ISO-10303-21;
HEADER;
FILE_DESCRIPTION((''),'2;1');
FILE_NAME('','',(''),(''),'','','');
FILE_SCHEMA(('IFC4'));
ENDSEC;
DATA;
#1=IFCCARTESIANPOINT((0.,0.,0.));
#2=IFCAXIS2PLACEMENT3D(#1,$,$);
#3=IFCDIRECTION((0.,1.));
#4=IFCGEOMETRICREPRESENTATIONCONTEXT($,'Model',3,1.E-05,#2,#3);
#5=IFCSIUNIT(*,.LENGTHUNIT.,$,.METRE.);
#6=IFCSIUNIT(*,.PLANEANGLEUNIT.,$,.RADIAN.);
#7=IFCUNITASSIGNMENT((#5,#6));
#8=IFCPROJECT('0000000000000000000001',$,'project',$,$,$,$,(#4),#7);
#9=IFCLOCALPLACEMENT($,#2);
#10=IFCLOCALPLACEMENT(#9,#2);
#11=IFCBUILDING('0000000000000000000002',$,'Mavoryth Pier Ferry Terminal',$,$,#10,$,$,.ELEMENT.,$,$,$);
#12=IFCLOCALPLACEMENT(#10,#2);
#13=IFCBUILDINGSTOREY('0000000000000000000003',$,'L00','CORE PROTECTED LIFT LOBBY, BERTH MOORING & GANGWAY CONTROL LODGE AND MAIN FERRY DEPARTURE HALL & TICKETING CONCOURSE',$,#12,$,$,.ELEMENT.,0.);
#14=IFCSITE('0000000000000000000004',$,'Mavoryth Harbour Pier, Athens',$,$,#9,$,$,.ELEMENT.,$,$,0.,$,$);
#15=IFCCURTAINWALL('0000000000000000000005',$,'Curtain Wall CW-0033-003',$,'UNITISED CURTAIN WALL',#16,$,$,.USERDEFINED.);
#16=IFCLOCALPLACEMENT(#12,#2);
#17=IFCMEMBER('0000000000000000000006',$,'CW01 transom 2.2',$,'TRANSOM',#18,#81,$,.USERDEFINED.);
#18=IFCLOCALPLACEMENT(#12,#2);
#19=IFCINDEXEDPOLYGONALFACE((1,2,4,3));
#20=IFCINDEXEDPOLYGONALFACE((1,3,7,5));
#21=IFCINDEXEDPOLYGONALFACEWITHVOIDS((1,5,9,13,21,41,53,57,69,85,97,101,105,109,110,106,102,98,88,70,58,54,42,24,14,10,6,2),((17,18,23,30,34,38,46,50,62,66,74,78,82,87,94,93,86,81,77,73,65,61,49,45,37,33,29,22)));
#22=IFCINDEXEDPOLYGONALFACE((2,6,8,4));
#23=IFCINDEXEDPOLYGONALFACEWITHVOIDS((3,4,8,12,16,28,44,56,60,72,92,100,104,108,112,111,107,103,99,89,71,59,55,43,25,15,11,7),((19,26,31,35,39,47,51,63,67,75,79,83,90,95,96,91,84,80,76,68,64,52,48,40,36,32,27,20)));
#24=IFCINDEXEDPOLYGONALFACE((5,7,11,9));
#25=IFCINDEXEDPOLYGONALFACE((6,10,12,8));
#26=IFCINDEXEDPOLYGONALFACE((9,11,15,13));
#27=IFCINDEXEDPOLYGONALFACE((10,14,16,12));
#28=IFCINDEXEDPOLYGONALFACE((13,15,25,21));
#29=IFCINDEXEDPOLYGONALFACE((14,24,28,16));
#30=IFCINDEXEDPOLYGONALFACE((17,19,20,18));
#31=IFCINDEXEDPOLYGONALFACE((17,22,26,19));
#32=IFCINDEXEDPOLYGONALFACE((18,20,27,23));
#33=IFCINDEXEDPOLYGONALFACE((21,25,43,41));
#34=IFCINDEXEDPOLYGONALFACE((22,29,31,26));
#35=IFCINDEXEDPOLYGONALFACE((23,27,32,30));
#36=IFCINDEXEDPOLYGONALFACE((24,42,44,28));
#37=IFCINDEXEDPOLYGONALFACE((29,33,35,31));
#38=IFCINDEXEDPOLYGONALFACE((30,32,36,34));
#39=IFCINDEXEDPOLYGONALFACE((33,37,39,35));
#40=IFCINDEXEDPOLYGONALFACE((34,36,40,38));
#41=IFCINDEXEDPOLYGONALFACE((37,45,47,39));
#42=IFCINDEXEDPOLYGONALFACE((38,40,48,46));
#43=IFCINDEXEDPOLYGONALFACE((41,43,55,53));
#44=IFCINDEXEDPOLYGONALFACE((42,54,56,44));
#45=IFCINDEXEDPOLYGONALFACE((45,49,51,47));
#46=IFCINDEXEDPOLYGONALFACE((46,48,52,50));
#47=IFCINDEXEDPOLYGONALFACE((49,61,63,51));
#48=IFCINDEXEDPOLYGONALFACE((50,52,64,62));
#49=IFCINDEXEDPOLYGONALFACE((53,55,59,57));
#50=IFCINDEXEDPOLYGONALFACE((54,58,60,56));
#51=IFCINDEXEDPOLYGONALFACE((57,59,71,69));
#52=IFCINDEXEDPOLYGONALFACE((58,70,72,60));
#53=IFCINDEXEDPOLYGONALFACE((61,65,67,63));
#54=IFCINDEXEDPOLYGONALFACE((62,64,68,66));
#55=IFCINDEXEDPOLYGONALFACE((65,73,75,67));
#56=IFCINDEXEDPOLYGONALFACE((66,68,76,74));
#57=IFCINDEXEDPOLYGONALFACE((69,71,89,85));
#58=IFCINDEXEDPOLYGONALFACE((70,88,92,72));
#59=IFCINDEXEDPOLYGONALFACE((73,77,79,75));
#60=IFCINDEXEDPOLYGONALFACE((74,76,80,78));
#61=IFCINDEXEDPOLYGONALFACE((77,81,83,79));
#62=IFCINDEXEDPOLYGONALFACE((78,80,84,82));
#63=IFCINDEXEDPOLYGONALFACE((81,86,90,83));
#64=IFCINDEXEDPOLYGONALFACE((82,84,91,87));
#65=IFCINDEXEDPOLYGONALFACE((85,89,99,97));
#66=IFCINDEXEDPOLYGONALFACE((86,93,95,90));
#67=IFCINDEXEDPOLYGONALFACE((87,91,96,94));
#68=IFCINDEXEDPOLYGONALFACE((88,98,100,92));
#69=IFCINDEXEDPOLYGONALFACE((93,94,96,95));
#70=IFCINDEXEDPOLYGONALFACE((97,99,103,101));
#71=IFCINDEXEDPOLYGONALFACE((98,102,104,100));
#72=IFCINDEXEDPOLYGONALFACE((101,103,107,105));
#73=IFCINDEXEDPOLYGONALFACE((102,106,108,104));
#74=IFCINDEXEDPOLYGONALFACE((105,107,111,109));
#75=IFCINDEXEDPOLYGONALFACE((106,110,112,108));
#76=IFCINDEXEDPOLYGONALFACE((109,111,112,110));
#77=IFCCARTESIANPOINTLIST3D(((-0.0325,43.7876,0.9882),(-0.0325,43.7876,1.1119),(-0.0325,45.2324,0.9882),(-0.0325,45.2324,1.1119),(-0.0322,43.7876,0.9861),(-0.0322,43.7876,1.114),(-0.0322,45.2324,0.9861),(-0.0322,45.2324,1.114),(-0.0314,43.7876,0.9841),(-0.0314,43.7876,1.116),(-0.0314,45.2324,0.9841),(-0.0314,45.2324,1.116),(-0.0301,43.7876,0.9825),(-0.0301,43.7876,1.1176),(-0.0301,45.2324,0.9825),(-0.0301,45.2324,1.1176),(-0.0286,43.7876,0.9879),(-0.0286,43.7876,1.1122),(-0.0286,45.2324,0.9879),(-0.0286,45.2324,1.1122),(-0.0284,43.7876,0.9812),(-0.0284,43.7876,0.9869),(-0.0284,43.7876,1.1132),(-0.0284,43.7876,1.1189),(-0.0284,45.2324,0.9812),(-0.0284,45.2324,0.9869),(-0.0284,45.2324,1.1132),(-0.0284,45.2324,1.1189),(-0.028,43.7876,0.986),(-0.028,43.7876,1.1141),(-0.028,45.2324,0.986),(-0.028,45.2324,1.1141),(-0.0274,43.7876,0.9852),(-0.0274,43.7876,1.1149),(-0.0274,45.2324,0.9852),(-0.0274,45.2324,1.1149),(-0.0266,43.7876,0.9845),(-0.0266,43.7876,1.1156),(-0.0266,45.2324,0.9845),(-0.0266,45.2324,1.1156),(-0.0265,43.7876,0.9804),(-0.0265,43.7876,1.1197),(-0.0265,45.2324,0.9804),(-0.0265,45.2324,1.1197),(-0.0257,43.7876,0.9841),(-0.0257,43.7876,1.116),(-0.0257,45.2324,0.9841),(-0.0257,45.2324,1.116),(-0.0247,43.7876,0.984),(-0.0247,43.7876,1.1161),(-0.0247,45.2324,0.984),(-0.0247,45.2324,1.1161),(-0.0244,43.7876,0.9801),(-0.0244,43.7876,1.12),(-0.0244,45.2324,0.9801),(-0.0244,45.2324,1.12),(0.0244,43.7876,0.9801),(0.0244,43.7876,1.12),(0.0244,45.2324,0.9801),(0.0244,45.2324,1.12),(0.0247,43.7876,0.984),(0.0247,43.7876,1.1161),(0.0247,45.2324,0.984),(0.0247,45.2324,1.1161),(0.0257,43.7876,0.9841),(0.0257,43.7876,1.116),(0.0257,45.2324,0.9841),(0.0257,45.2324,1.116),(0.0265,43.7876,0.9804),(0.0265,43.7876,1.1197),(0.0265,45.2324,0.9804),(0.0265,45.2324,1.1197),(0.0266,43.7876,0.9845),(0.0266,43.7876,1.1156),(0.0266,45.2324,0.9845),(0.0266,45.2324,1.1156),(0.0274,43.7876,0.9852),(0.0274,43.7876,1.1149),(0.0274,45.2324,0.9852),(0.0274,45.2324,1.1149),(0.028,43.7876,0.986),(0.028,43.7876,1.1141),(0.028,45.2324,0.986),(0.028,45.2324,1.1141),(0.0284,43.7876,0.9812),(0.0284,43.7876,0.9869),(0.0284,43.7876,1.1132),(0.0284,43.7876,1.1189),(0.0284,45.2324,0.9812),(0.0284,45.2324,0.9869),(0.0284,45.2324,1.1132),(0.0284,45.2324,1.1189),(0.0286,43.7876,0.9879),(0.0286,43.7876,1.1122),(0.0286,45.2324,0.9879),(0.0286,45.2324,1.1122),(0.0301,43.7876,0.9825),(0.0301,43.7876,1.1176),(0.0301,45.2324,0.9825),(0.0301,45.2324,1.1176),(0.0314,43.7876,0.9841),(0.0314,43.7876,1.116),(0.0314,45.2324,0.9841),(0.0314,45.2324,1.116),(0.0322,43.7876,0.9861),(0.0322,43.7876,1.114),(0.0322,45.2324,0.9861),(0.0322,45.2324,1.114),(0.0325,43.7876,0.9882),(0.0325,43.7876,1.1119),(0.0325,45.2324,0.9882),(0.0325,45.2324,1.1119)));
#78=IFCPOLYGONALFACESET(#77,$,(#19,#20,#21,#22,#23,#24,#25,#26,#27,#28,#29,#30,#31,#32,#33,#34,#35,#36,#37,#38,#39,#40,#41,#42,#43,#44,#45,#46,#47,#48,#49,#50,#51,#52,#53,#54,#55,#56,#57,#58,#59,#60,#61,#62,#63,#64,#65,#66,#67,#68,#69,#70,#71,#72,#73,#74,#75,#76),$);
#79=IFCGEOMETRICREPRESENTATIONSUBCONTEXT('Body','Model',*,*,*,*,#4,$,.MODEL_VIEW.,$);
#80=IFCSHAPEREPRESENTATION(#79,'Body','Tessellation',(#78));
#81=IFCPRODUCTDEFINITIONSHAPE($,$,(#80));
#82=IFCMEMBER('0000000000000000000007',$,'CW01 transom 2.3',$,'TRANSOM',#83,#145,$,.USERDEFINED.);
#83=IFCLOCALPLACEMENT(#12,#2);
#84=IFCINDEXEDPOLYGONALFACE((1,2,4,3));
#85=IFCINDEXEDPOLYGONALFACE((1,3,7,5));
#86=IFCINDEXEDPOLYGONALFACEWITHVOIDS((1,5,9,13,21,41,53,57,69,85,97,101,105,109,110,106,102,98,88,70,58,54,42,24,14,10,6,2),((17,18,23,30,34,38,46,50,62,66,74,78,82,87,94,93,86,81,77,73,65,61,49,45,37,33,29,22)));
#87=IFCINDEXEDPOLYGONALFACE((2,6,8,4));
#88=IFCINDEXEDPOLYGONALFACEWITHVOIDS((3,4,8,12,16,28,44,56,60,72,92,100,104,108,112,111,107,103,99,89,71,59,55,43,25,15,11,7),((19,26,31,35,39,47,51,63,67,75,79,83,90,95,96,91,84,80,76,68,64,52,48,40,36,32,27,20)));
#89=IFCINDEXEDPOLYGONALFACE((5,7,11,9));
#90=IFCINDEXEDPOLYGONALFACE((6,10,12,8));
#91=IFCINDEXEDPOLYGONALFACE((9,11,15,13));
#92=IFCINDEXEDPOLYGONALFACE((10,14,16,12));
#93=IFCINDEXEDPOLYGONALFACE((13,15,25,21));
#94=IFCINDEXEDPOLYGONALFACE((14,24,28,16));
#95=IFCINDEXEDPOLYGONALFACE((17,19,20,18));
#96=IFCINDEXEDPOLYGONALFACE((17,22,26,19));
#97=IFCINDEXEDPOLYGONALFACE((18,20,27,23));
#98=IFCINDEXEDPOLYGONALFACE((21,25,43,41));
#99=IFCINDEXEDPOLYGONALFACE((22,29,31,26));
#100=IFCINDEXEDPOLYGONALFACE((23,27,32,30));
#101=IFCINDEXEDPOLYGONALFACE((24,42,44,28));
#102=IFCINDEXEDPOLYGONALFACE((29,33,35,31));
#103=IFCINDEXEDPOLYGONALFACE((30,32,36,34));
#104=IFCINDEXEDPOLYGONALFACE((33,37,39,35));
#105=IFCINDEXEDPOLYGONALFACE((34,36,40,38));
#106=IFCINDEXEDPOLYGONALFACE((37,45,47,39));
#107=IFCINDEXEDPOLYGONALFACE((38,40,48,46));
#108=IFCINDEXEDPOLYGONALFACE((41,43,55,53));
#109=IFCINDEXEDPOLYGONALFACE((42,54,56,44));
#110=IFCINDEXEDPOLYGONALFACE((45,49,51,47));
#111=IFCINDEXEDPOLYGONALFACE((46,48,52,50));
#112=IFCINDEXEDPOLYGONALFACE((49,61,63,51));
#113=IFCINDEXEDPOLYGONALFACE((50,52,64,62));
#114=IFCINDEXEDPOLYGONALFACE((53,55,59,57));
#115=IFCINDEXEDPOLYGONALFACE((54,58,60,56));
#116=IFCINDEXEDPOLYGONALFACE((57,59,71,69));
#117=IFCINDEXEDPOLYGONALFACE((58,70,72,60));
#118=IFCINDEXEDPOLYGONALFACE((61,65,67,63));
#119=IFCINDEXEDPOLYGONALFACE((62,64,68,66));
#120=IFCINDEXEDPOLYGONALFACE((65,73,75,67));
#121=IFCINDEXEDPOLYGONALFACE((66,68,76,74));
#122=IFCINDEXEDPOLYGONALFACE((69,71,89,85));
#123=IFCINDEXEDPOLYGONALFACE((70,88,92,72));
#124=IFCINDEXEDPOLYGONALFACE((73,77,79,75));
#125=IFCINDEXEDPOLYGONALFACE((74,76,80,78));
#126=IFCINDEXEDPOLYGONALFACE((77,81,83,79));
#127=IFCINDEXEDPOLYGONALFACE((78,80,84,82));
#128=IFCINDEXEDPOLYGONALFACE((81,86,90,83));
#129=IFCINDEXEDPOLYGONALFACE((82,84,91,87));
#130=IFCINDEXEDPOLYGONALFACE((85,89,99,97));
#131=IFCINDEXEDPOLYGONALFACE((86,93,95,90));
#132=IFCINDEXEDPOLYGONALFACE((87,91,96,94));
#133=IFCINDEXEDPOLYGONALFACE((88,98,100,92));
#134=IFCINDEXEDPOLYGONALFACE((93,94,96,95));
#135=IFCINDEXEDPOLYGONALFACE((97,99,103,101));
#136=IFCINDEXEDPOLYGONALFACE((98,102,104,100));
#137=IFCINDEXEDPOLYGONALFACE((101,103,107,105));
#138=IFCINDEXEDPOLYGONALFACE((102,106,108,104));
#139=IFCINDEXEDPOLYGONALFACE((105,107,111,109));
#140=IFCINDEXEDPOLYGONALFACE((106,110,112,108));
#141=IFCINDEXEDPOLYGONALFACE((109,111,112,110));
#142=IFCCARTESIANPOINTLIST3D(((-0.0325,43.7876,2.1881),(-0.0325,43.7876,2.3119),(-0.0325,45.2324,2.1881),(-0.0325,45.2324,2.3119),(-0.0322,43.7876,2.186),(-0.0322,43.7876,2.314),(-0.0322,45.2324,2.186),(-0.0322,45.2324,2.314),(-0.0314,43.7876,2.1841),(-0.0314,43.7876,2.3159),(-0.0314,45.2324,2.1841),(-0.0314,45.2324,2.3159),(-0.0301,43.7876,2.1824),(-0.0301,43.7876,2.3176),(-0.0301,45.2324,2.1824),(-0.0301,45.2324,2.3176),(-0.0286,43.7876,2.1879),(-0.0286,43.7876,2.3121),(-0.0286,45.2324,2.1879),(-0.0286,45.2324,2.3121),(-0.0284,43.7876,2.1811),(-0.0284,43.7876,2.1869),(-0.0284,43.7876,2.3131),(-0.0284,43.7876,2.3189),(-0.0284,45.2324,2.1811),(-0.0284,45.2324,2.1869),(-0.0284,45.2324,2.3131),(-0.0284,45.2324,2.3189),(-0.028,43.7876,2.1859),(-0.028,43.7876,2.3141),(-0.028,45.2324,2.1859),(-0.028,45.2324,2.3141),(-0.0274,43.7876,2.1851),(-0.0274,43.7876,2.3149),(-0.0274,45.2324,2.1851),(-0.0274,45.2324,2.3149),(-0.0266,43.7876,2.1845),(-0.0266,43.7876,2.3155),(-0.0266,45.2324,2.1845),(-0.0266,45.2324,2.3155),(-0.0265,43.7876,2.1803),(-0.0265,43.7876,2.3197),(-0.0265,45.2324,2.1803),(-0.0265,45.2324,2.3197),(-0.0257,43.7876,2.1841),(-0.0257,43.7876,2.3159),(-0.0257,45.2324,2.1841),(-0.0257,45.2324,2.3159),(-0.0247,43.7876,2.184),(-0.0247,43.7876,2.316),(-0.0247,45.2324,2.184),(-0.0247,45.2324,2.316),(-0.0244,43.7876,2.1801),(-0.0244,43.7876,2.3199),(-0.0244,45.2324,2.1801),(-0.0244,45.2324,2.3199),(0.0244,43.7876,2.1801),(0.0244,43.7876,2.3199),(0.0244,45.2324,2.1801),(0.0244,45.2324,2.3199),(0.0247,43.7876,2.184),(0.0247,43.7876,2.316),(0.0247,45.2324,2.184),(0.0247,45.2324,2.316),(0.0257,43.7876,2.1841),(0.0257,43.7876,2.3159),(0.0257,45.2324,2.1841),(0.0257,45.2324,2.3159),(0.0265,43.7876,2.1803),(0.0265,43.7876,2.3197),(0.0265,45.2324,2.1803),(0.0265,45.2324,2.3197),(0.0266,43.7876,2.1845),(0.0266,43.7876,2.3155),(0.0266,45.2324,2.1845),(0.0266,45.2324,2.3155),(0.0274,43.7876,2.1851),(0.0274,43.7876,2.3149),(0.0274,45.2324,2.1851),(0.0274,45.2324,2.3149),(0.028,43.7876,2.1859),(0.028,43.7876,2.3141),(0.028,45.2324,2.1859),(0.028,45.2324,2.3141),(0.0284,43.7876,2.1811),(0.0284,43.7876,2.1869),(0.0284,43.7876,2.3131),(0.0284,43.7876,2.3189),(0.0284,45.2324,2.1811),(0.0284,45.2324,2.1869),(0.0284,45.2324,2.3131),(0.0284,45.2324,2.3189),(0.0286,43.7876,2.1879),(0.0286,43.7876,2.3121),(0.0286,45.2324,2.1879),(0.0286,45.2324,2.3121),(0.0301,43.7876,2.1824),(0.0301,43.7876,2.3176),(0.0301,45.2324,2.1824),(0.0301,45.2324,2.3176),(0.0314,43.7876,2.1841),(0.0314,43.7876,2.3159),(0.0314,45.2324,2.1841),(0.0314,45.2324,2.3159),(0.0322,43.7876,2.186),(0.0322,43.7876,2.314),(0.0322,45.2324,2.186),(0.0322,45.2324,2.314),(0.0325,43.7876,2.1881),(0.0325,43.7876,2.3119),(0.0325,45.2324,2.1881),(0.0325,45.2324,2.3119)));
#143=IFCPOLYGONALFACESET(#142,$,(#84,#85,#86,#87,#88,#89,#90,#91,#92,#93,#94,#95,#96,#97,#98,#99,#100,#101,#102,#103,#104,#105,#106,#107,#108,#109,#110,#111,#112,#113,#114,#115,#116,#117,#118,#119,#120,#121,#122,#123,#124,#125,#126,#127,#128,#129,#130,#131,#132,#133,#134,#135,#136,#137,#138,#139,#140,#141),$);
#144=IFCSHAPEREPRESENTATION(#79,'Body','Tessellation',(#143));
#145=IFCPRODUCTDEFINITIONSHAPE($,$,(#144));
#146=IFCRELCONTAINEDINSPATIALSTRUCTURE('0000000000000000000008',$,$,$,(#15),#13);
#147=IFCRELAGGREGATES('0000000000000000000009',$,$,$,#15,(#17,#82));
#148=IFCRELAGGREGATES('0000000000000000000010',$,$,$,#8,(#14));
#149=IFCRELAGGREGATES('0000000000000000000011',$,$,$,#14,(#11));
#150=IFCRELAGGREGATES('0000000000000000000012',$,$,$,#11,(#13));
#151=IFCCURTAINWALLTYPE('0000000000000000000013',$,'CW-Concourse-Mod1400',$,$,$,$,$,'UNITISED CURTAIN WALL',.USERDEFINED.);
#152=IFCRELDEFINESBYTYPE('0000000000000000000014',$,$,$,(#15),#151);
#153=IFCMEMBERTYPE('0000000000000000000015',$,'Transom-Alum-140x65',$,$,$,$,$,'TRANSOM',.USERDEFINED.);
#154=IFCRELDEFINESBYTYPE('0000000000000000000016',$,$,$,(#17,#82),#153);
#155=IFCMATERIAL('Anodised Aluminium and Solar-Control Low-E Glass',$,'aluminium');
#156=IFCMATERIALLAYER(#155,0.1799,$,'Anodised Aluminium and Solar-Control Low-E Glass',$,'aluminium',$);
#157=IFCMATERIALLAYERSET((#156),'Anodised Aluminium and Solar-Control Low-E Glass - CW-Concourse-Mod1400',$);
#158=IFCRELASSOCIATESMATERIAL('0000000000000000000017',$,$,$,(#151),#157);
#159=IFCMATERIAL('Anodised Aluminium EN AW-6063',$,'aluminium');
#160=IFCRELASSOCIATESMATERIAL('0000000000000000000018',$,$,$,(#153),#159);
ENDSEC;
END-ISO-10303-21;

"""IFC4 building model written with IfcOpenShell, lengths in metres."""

from ifc_helpers import new_model, si_unit, direction, frame, origin, origin_2d, place, context, subcontext, project, spatial, hollow_rectangle, extrude, material, layer, layer_set, material_profile, profile_set, type_object, element, aggregate, save


model = new_model("IFC4")

# Units and contexts
model_context = context("Model", 3, precision=1e-05, world=origin(), true_north=direction((0.0, 1.0)))
body_context = subcontext(model_context, "Body", "Model", "MODEL_VIEW")
ifc_project = project(units=[si_unit("LENGTHUNIT", "METRE"), si_unit("PLANEANGLEUNIT", "RADIAN")], contexts=[model_context])

# Site, building, storey
site_placement = place(None, origin())
site = spatial("IfcSite", under=ifc_project, at=site_placement, Name="Mavoryth Harbour Pier, Athens", CompositionType="ELEMENT", RefElevation=0.0)
building_placement = place(site_placement, origin())
building = spatial("IfcBuilding", under=site, at=building_placement, Name="Mavoryth Pier Ferry Terminal", CompositionType="ELEMENT")
storey_placement = place(building_placement, origin())
storey = spatial("IfcBuildingStorey", under=building, at=storey_placement, Name="L00", Description="CORE PROTECTED LIFT LOBBY, BERTH MOORING & GANGWAY CONTROL LODGE AND MAIN FERRY DEPARTURE HALL & TICKETING CONCOURSE", CompositionType="ELEMENT", Elevation=0.0)

# Curtain wall
ifc_material_1 = material(Name="Anodised Aluminium and Solar-Control Low-E Glass", Category="aluminium")
ifc_layer_1 = layer(ifc_material_1, 0.1799, Name="Anodised Aluminium and Solar-Control Low-E Glass", Category="aluminium")
ifc_layer_set_1 = layer_set([ifc_layer_1], Name="Anodised Aluminium and Solar-Control Low-E Glass - CW-Concourse-Mod1400")
curtain_wall_type = type_object("IfcCurtainWallType", Name="CW-Concourse-Mod1400", ElementType="UNITISED CURTAIN WALL", PredefinedType="USERDEFINED", material=ifc_layer_set_1)
curtain_wall_1_placement = place(storey_placement, origin())
curtain_wall_1 = element("IfcCurtainWall", 1, at=curtain_wall_1_placement, inside=storey, type_object=curtain_wall_type, Name="Curtain Wall CW-0033-003", ObjectType="UNITISED CURTAIN WALL", PredefinedType="USERDEFINED")
ifc_material_2 = material(Name="Anodised Aluminium EN AW-6063", Category="aluminium")

# Members
ifc_material_profile_1 = material_profile(ifc_material_2, hollow_rectangle(XDim=0.0649, YDim=0.1399, WallThickness=0.0039, InnerFilletRadius=0.0039, OuterFilletRadius=0.0081, at=origin_2d()), Name="AL-TRAN 140x65x4", Category="aluminium")
ifc_profile_set_1 = profile_set([ifc_material_profile_1], Name="Anodised Aluminium EN AW-6063 - AL-TRAN 140x65x4")
member_type_1 = type_object("IfcMemberType", Name="Transom-Alum-140x65", ElementType="TRANSOM", PredefinedType="USERDEFINED", material=ifc_profile_set_1)
member_1_placement = place(storey_placement, frame((0.0, 45.2324, 1.05), z_axis=(0.0, -1.0, 0.0), x_axis=(1.0, 0.0, 0.0)))
member_1 = element("IfcMember", 2, at=member_1_placement, type_object=member_type_1, Name="CW01 transom 2.2", ObjectType="TRANSOM", PredefinedType="USERDEFINED", context=body_context, shape_type="SweptSolid", body=[
    extrude(hollow_rectangle(XDim=0.0649, YDim=0.1399, WallThickness=0.0039, InnerFilletRadius=0.0039, OuterFilletRadius=0.0081, at=origin_2d()), origin(), (0.0, 0.0, 1.0), 1.4448),
])
member_2_placement = place(storey_placement, frame((0.0, 45.2324, 2.25), z_axis=(0.0, -1.0, 0.0), x_axis=(1.0, 0.0, 0.0)))
member_2 = element("IfcMember", 3, at=member_2_placement, type_object=member_type_1, Name="CW01 transom 2.3", ObjectType="TRANSOM", PredefinedType="USERDEFINED", context=body_context, shape_type="SweptSolid", body=[
    extrude(hollow_rectangle(XDim=0.0649, YDim=0.1399, WallThickness=0.0039, InnerFilletRadius=0.0039, OuterFilletRadius=0.0081, at=origin_2d()), origin(), (0.0, 0.0, 1.0), 1.4448),
])

aggregate(curtain_wall_1, [member_1, member_2])

save(model, "model.ifc")
